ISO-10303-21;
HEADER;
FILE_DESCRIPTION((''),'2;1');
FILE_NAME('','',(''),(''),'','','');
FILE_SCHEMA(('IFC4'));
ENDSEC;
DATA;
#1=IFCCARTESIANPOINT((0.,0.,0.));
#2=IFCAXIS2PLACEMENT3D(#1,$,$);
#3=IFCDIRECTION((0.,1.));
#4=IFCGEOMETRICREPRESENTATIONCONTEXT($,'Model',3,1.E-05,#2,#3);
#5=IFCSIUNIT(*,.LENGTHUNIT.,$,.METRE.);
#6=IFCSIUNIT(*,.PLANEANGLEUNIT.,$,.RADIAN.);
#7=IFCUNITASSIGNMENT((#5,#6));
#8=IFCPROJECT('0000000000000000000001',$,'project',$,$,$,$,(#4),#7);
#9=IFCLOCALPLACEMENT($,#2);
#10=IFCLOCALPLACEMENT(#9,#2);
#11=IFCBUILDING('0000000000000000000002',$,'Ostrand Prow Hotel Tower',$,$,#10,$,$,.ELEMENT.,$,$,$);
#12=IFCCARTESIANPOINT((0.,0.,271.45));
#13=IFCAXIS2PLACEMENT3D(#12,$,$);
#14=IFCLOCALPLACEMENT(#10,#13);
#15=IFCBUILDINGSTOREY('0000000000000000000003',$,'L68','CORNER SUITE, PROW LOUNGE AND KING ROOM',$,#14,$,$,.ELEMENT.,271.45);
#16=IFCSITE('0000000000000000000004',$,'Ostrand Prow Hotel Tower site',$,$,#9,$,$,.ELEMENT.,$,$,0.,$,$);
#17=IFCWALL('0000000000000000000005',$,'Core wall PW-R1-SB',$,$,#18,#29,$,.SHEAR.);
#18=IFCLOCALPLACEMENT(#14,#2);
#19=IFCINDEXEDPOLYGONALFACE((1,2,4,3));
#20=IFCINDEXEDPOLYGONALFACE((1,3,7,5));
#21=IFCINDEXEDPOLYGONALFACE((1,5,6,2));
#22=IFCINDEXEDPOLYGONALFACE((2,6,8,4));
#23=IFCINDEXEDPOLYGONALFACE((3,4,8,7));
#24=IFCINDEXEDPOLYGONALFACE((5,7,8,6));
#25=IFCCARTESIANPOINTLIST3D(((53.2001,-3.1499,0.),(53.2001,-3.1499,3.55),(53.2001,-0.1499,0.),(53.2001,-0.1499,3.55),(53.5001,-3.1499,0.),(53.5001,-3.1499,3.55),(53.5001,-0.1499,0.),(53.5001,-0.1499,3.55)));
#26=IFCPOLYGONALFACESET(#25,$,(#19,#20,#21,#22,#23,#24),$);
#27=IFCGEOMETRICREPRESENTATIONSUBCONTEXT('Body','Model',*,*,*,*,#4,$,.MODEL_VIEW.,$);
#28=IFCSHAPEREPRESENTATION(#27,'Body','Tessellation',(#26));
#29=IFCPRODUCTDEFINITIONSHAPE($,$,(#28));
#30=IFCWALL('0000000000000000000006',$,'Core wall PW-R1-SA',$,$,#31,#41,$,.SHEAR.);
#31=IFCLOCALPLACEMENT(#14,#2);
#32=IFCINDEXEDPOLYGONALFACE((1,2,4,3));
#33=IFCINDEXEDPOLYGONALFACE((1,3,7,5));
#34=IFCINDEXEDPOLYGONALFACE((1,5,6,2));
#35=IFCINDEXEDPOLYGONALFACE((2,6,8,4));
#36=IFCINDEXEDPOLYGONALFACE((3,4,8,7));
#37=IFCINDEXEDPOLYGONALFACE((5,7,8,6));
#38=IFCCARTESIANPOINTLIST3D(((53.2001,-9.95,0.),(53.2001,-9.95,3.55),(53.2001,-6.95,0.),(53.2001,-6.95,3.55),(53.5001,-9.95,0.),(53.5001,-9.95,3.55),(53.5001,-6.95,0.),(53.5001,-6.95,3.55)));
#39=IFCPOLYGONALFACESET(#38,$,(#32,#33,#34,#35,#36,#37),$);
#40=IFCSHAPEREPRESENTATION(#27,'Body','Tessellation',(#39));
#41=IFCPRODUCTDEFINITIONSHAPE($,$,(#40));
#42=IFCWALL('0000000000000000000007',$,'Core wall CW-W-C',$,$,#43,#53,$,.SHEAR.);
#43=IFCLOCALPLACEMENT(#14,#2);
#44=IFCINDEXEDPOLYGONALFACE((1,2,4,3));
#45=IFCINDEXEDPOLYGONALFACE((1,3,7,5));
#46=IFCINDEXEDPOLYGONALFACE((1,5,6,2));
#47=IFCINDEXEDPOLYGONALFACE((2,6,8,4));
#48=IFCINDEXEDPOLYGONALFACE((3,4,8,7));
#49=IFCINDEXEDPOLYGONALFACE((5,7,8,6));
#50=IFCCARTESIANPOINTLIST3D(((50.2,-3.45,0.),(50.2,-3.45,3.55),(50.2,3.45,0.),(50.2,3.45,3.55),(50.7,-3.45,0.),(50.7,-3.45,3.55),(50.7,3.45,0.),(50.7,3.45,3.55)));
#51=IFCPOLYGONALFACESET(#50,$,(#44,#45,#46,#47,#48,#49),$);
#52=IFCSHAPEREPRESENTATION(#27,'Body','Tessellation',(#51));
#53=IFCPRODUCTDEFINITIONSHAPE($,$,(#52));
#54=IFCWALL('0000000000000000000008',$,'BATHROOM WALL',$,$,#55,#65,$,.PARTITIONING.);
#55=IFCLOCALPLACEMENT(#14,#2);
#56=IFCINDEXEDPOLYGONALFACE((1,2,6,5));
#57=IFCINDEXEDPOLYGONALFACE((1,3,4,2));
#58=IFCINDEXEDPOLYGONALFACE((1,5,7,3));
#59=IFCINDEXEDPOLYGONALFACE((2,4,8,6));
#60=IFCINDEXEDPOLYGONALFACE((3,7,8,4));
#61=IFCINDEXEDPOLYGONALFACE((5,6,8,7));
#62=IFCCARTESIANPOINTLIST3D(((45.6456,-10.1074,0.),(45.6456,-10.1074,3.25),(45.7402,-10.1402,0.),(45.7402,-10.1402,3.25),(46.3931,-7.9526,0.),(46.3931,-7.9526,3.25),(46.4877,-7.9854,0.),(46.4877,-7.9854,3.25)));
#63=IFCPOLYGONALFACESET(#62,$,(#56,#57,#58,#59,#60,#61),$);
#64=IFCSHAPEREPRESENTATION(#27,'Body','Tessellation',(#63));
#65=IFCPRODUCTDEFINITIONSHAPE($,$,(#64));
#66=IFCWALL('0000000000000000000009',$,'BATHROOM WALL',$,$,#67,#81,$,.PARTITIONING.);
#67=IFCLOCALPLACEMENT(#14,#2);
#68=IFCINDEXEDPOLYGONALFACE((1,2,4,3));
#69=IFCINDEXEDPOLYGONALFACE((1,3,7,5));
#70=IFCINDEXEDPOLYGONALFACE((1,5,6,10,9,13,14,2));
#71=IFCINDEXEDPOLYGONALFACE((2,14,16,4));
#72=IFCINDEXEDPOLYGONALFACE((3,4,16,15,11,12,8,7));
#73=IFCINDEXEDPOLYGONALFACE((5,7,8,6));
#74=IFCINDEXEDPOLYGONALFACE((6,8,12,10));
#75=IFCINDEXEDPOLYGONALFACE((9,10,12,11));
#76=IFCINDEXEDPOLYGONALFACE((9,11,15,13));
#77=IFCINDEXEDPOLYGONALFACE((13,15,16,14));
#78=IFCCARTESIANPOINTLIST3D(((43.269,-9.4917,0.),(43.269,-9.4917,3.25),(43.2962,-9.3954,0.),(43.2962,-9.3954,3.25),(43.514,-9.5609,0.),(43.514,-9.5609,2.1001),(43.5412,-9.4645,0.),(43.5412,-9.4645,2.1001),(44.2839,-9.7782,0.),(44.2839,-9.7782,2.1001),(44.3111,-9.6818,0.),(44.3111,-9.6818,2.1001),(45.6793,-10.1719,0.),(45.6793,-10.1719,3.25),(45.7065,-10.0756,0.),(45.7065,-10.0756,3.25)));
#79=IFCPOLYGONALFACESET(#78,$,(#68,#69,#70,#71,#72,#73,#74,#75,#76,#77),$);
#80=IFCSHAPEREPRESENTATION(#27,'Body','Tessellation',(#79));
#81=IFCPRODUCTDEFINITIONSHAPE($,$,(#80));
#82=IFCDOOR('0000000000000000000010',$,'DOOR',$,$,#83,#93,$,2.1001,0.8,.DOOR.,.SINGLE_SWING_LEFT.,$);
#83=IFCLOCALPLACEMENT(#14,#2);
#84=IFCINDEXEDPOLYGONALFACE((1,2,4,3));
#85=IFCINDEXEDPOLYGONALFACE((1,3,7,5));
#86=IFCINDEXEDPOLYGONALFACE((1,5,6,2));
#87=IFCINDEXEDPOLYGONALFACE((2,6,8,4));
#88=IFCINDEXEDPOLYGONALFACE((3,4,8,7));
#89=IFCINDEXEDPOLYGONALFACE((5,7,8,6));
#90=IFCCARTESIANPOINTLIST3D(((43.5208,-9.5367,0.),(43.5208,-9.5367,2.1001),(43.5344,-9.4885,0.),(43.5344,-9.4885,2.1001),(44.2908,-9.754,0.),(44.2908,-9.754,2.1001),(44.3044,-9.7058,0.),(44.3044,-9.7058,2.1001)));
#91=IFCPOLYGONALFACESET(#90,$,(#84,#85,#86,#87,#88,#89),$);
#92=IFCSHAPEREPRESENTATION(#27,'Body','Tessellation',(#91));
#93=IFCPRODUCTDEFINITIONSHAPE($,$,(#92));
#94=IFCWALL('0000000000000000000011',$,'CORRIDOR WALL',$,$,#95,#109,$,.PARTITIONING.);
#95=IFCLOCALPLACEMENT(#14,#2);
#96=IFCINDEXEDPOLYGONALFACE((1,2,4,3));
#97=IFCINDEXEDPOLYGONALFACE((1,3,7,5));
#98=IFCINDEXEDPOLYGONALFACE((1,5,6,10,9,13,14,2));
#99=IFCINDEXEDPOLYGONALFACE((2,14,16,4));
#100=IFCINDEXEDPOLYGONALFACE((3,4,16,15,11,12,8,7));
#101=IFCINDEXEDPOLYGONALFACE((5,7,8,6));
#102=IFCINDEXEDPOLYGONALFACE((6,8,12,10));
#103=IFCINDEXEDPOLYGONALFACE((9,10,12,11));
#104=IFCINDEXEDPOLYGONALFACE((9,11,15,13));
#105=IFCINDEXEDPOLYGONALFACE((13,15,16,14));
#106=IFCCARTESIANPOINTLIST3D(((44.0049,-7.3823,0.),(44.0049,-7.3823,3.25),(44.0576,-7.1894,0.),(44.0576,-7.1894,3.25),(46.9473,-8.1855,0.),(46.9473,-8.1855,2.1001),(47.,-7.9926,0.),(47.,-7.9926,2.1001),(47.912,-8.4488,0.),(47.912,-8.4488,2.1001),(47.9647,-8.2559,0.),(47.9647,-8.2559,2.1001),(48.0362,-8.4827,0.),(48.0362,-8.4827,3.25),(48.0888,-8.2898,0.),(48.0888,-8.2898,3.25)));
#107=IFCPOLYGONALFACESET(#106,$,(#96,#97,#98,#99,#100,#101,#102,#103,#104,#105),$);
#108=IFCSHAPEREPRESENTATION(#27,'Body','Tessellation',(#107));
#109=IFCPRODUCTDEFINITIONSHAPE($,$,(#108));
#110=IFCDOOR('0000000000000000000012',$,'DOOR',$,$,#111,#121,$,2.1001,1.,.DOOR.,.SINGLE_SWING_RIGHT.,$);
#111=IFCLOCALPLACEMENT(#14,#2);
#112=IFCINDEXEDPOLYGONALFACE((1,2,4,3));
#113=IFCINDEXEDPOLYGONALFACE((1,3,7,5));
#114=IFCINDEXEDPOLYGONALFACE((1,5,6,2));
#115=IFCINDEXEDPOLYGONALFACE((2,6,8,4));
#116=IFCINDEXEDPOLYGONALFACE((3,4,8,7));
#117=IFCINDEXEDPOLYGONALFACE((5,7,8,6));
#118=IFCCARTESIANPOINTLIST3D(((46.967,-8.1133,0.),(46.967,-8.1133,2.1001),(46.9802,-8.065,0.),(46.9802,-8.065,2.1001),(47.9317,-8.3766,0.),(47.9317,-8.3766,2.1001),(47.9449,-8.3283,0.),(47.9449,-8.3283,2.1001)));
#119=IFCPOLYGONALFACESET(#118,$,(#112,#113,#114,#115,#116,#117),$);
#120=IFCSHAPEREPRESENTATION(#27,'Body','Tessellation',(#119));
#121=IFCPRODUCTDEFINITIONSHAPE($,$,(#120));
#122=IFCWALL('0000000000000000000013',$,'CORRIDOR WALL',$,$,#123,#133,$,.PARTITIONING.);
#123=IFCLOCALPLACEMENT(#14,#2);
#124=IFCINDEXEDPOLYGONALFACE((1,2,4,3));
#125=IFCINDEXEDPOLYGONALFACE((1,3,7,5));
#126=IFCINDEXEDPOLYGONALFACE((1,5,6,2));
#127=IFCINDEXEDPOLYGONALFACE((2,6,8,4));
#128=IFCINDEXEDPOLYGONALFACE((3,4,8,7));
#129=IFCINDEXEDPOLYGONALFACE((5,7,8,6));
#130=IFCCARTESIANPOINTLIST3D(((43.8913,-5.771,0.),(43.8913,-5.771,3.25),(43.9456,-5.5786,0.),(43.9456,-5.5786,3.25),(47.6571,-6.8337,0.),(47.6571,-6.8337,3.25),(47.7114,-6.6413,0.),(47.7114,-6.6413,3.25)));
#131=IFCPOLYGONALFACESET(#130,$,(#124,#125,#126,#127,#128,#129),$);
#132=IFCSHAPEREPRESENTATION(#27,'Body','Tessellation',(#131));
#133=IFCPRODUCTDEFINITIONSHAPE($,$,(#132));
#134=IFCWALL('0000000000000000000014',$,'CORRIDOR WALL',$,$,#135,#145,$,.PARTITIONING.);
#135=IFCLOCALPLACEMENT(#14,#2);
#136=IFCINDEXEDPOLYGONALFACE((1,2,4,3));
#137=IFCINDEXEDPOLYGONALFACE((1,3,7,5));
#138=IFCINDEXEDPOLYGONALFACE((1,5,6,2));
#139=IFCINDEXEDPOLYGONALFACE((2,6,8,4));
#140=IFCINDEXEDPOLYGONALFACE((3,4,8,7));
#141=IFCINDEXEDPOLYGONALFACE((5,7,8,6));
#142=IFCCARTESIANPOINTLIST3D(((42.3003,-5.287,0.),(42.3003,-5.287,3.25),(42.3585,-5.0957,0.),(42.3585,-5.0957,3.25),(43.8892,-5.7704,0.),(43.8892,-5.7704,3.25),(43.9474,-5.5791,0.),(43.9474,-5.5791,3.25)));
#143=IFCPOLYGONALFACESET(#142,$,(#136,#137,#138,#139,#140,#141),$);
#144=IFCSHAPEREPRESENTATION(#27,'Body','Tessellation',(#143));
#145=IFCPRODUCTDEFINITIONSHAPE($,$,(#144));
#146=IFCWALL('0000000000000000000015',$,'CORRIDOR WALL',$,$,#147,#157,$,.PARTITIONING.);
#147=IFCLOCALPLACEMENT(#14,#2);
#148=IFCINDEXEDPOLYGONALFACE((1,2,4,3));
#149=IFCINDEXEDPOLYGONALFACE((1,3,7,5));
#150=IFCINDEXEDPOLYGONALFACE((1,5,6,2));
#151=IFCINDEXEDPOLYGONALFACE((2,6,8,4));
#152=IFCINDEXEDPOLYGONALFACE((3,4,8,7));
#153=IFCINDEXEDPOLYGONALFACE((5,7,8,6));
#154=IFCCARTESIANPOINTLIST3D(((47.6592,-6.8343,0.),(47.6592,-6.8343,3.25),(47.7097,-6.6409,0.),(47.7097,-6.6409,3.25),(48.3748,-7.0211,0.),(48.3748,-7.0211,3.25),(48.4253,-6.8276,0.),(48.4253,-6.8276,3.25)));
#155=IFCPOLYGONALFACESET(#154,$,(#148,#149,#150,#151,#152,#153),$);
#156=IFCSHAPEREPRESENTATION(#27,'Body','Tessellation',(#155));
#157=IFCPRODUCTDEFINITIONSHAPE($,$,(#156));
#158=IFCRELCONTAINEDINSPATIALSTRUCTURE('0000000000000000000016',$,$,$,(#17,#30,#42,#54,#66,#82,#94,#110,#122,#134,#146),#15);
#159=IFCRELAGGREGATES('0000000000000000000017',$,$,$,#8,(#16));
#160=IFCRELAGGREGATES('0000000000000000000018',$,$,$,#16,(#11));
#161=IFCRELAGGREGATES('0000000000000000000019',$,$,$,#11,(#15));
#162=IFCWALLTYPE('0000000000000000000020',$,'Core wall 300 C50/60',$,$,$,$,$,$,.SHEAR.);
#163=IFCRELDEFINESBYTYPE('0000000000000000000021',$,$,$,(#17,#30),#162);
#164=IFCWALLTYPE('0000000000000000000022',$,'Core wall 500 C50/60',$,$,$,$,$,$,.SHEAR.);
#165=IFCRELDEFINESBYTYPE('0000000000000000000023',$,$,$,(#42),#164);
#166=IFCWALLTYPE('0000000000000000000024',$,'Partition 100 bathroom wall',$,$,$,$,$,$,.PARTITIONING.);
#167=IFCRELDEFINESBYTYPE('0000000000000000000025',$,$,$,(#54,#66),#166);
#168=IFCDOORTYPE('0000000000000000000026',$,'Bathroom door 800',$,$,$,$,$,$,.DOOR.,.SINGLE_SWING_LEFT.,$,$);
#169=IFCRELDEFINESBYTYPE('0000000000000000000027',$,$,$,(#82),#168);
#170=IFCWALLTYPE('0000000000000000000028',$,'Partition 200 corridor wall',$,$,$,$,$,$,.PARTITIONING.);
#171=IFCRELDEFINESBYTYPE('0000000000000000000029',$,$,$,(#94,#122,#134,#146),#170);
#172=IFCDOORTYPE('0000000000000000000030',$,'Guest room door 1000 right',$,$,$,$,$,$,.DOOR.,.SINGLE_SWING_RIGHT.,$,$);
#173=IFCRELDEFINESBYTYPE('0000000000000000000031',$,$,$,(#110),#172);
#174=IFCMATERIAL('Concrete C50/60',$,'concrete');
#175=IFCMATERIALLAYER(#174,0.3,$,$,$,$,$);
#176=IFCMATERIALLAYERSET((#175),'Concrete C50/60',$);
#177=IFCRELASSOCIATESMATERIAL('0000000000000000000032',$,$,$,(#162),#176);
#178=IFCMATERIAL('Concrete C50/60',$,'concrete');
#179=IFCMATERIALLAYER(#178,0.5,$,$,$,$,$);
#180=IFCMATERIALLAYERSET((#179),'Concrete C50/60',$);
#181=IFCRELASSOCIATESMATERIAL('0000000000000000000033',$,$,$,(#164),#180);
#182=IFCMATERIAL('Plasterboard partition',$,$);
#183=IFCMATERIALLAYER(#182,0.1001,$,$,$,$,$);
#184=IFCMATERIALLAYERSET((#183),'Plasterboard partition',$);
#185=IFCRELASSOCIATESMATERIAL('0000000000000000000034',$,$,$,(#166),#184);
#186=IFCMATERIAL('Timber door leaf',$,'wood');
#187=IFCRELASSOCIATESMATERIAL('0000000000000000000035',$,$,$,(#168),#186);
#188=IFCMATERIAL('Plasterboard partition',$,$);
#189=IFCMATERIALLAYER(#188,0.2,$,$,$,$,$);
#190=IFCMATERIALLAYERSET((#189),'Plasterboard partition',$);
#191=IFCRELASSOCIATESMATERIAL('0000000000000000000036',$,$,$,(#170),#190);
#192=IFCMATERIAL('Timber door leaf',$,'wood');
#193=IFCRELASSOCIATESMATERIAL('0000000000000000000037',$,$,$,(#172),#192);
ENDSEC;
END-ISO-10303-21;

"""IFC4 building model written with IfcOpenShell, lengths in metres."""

from ifc_helpers import new_model, si_unit, direction, frame, frame_2d, origin, place, context, subcontext, project, spatial, rectangle, extrude, material, layer, layer_set, type_object, element, fill, save


model = new_model("IFC4")

# Units and contexts
model_context = context("Model", 3, precision=1e-05, world=origin(), true_north=direction((0.0, 1.0)))
body_context = subcontext(model_context, "Body", "Model", "MODEL_VIEW")
ifc_project = project(units=[si_unit("LENGTHUNIT", "METRE"), si_unit("PLANEANGLEUNIT", "RADIAN")], contexts=[model_context])

# Site, building, storey
site_placement = place(None, origin())
site = spatial("IfcSite", under=ifc_project, at=site_placement, Name="Ostrand Prow Hotel Tower site", CompositionType="ELEMENT", RefElevation=0.0)
building_placement = place(site_placement, origin())
building = spatial("IfcBuilding", under=site, at=building_placement, Name="Ostrand Prow Hotel Tower", CompositionType="ELEMENT")
storey_placement = place(building_placement, frame((0.0, 0.0, 271.45)))
storey = spatial("IfcBuildingStorey", under=building, at=storey_placement, Name="L68", Description="CORNER SUITE, PROW LOUNGE AND KING ROOM", CompositionType="ELEMENT", Elevation=271.45)

# Shared definitions
ifc_material_1 = material(Name="Concrete C50/60", Category="concrete")
ifc_layer_1 = layer(ifc_material_1, 0.3)
ifc_layer_set_1 = layer_set([ifc_layer_1], Name="Concrete C50/60")
wall_type_1 = type_object("IfcWallType", Name="Core wall 300 C50/60", PredefinedType="SHEAR", material=ifc_layer_set_1)

# Walls
for number, where, z_axis, x_axis, name in (
    (1, (53.3501, -3.1499, 0.0), (0.0, 0.0, 1.0), (0.0, 1.0, 0.0), "Core wall PW-R1-SB"),
    (2, (53.3501, -9.95, 0.0), (0.0, 0.0, 1.0), (0.0, 1.0, 0.0), "Core wall PW-R1-SA"),
):
    element("IfcWall", number, at=place(storey_placement, frame(where, z_axis=z_axis, x_axis=x_axis)), inside=storey, type_object=wall_type_1, Name=name, PredefinedType="SHEAR", context=body_context, shape_type="SweptSolid", body=[
        extrude(rectangle(XDim=3.0, YDim=0.3, at=frame_2d((1.5, 0.0))), origin(), (0.0, 0.0, 1.0), 3.55),
    ])
ifc_material_2 = material(Name="Concrete C50/60", Category="concrete")
ifc_layer_2 = layer(ifc_material_2, 0.5)
ifc_layer_set_2 = layer_set([ifc_layer_2], Name="Concrete C50/60")
wall_type_2 = type_object("IfcWallType", Name="Core wall 500 C50/60", PredefinedType="SHEAR", material=ifc_layer_set_2)
wall_1_placement = place(storey_placement, frame((50.45, -3.45, 0.0), z_axis=(0.0, 0.0, 1.0), x_axis=(0.0, 1.0, 0.0)))
element("IfcWall", 3, at=wall_1_placement, inside=storey, type_object=wall_type_2, Name="Core wall CW-W-C", PredefinedType="SHEAR", context=body_context, shape_type="SweptSolid", body=[
    extrude(rectangle(XDim=6.8999, YDim=0.5, at=frame_2d((3.45, 0.0))), origin(), (0.0, 0.0, 1.0), 3.55),
])
ifc_material_3 = material(Name="Plasterboard partition")
ifc_layer_3 = layer(ifc_material_3, 0.1001)
ifc_layer_set_3 = layer_set([ifc_layer_3], Name="Plasterboard partition")
wall_type_3 = type_object("IfcWallType", Name="Partition 100 bathroom wall", PredefinedType="PARTITIONING", material=ifc_layer_set_3)
wall_2_placement = place(storey_placement, frame((46.4404, -7.969, 0.0), z_axis=(0.0, 0.0, 1.0), x_axis=(-0.327765, -0.944759, 0.0)))
element("IfcWall", 4, at=wall_2_placement, inside=storey, type_object=wall_type_3, Name="BATHROOM WALL", PredefinedType="PARTITIONING", context=body_context, shape_type="SweptSolid", body=[
    extrude(rectangle(XDim=2.2808, YDim=0.1001, at=frame_2d((1.1404, 0.0))), origin(), (0.0, 0.0, 1.0), 3.25),
])

# Walls, openings, doors
wall_3_placement = place(storey_placement, frame((45.6929, -10.1238, 0.0), z_axis=(0.0, 0.0, 1.0), x_axis=(-0.962409, 0.271604, 0.0)))
wall_3 = element("IfcWall", 5, at=wall_3_placement, inside=storey, type_object=wall_type_3, Name="BATHROOM WALL", PredefinedType="PARTITIONING", context=body_context, shape_type="SweptSolid", body=[
    extrude(rectangle(XDim=2.5044, YDim=0.1001, at=frame_2d((1.2522, 0.0))), origin(), (0.0, 0.0, 1.0), 3.25),
])
opening_1_placement = place(wall_3_placement, frame((1.45, 0.0, 0.0)))
opening_1 = element("IfcOpeningElement", 6, at=opening_1_placement, cuts=wall_3, PredefinedType="OPENING", context=body_context, shape_type="SweptSolid", body=[
    extrude(rectangle(XDim=0.8, YDim=2.1001, at=frame_2d((0.3999, 1.05))), frame((0.0, 0.0601, 0.0), z_axis=(0.0, -1.0, 0.0), x_axis=(1.0, 0.0, 0.0)), (0.0, 0.0, 1.0), 0.1201),
])
ifc_material_4 = material(Name="Timber door leaf", Category="wood")
door_type_1 = type_object("IfcDoorType", Name="Bathroom door 800", OperationType="SINGLE_SWING_LEFT", PredefinedType="DOOR", material=ifc_material_4)
door_1_placement = place(opening_1_placement, origin())
door_1 = element("IfcDoor", 7, at=door_1_placement, inside=storey, type_object=door_type_1, Name="DOOR", OperationType="SINGLE_SWING_LEFT", OverallHeight=2.1001, OverallWidth=0.8, PredefinedType="DOOR", context=body_context, shape_type="SweptSolid", body=[
    extrude(rectangle(XDim=0.8, YDim=2.1001, at=frame_2d((0.3999, 1.05))), frame((0.0, 0.0249, 0.0), z_axis=(0.0, -1.0, 0.0), x_axis=(1.0, 0.0, 0.0)), (0.0, 0.0, 1.0), 0.05),
])
fill(opening_1, door_1)
ifc_material_5 = material(Name="Plasterboard partition")
ifc_layer_4 = layer(ifc_material_5, 0.2)
ifc_layer_set_4 = layer_set([ifc_layer_4], Name="Plasterboard partition")
wall_type_4 = type_object("IfcWallType", Name="Partition 200 corridor wall", PredefinedType="PARTITIONING", material=ifc_layer_set_4)
wall_4_placement = place(storey_placement, frame((44.0312, -7.2859, 0.0), z_axis=(0.0, 0.0, 1.0), x_axis=(0.964709, -0.26332, 0.0)))
wall_4 = element("IfcWall", 8, at=wall_4_placement, inside=storey, type_object=wall_type_4, Name="CORRIDOR WALL", PredefinedType="PARTITIONING", context=body_context, shape_type="SweptSolid", body=[
    extrude(rectangle(XDim=4.1787, YDim=0.2, at=frame_2d((2.0894, 0.0))), origin(), (0.0, 0.0, 1.0), 3.25),
])
opening_2_placement = place(wall_4_placement, frame((3.05, 0.0, 0.0)))
opening_2 = element("IfcOpeningElement", 9, at=opening_2_placement, cuts=wall_4, PredefinedType="OPENING", context=body_context, shape_type="SweptSolid", body=[
    extrude(rectangle(XDim=1.0, YDim=2.1001, at=frame_2d((0.5, 1.05))), frame((0.0, 0.1099, 0.0), z_axis=(0.0, -1.0, 0.0), x_axis=(1.0, 0.0, 0.0)), (0.0, 0.0, 1.0), 0.22),
])
ifc_material_6 = material(Name="Timber door leaf", Category="wood")
door_type_2 = type_object("IfcDoorType", Name="Guest room door 1000 right", OperationType="SINGLE_SWING_RIGHT", PredefinedType="DOOR", material=ifc_material_6)
door_2_placement = place(opening_2_placement, origin())
door_2 = element("IfcDoor", 10, at=door_2_placement, inside=storey, type_object=door_type_2, Name="DOOR", OperationType="SINGLE_SWING_RIGHT", OverallHeight=2.1001, OverallWidth=1.0, PredefinedType="DOOR", context=body_context, shape_type="SweptSolid", body=[
    extrude(rectangle(XDim=1.0, YDim=2.1001, at=frame_2d((0.5, 1.05))), frame((0.0, 0.0249, 0.0), z_axis=(0.0, -1.0, 0.0), x_axis=(1.0, 0.0, 0.0)), (0.0, 0.0, 1.0), 0.05),
])
fill(opening_2, door_2)

# Walls
wall_5_placement = place(storey_placement, frame((47.6843, -6.7375, 0.0), z_axis=(0.0, 0.0, 1.0), x_axis=(-0.962411, 0.271596, 0.0)))
element("IfcWall", 11, at=wall_5_placement, inside=storey, type_object=wall_type_4, Name="CORRIDOR WALL", PredefinedType="PARTITIONING", context=body_context, shape_type="SweptSolid", body=[
    extrude(rectangle(XDim=3.9128, YDim=0.2, at=frame_2d((1.9565, 0.0))), origin(), (0.0, 0.0, 1.0), 3.25),
])
wall_6_placement = place(storey_placement, frame((43.9185, -5.6748, 0.0), z_axis=(0.0, 0.0, 1.0), x_axis=(-0.956702, 0.291068, 0.0)))
element("IfcWall", 12, at=wall_6_placement, inside=storey, type_object=wall_type_4, Name="CORRIDOR WALL", PredefinedType="PARTITIONING", context=body_context, shape_type="SweptSolid", body=[
    extrude(rectangle(XDim=1.6609, YDim=0.2, at=frame_2d((0.8306, 0.0))), origin(), (0.0, 0.0, 1.0), 3.25),
])
wall_7_placement = place(storey_placement, frame((48.3999, -6.9243, 0.0), z_axis=(0.0, 0.0, 1.0), x_axis=(-0.967586, 0.252543, 0.0)))
element("IfcWall", 13, at=wall_7_placement, inside=storey, type_object=wall_type_4, Name="CORRIDOR WALL", PredefinedType="PARTITIONING", context=body_context, shape_type="SweptSolid", body=[
    extrude(rectangle(XDim=0.7395, YDim=0.2, at=frame_2d((0.3696, 0.0))), origin(), (0.0, 0.0, 1.0), 3.25),
])

save(model, "model.ifc")
